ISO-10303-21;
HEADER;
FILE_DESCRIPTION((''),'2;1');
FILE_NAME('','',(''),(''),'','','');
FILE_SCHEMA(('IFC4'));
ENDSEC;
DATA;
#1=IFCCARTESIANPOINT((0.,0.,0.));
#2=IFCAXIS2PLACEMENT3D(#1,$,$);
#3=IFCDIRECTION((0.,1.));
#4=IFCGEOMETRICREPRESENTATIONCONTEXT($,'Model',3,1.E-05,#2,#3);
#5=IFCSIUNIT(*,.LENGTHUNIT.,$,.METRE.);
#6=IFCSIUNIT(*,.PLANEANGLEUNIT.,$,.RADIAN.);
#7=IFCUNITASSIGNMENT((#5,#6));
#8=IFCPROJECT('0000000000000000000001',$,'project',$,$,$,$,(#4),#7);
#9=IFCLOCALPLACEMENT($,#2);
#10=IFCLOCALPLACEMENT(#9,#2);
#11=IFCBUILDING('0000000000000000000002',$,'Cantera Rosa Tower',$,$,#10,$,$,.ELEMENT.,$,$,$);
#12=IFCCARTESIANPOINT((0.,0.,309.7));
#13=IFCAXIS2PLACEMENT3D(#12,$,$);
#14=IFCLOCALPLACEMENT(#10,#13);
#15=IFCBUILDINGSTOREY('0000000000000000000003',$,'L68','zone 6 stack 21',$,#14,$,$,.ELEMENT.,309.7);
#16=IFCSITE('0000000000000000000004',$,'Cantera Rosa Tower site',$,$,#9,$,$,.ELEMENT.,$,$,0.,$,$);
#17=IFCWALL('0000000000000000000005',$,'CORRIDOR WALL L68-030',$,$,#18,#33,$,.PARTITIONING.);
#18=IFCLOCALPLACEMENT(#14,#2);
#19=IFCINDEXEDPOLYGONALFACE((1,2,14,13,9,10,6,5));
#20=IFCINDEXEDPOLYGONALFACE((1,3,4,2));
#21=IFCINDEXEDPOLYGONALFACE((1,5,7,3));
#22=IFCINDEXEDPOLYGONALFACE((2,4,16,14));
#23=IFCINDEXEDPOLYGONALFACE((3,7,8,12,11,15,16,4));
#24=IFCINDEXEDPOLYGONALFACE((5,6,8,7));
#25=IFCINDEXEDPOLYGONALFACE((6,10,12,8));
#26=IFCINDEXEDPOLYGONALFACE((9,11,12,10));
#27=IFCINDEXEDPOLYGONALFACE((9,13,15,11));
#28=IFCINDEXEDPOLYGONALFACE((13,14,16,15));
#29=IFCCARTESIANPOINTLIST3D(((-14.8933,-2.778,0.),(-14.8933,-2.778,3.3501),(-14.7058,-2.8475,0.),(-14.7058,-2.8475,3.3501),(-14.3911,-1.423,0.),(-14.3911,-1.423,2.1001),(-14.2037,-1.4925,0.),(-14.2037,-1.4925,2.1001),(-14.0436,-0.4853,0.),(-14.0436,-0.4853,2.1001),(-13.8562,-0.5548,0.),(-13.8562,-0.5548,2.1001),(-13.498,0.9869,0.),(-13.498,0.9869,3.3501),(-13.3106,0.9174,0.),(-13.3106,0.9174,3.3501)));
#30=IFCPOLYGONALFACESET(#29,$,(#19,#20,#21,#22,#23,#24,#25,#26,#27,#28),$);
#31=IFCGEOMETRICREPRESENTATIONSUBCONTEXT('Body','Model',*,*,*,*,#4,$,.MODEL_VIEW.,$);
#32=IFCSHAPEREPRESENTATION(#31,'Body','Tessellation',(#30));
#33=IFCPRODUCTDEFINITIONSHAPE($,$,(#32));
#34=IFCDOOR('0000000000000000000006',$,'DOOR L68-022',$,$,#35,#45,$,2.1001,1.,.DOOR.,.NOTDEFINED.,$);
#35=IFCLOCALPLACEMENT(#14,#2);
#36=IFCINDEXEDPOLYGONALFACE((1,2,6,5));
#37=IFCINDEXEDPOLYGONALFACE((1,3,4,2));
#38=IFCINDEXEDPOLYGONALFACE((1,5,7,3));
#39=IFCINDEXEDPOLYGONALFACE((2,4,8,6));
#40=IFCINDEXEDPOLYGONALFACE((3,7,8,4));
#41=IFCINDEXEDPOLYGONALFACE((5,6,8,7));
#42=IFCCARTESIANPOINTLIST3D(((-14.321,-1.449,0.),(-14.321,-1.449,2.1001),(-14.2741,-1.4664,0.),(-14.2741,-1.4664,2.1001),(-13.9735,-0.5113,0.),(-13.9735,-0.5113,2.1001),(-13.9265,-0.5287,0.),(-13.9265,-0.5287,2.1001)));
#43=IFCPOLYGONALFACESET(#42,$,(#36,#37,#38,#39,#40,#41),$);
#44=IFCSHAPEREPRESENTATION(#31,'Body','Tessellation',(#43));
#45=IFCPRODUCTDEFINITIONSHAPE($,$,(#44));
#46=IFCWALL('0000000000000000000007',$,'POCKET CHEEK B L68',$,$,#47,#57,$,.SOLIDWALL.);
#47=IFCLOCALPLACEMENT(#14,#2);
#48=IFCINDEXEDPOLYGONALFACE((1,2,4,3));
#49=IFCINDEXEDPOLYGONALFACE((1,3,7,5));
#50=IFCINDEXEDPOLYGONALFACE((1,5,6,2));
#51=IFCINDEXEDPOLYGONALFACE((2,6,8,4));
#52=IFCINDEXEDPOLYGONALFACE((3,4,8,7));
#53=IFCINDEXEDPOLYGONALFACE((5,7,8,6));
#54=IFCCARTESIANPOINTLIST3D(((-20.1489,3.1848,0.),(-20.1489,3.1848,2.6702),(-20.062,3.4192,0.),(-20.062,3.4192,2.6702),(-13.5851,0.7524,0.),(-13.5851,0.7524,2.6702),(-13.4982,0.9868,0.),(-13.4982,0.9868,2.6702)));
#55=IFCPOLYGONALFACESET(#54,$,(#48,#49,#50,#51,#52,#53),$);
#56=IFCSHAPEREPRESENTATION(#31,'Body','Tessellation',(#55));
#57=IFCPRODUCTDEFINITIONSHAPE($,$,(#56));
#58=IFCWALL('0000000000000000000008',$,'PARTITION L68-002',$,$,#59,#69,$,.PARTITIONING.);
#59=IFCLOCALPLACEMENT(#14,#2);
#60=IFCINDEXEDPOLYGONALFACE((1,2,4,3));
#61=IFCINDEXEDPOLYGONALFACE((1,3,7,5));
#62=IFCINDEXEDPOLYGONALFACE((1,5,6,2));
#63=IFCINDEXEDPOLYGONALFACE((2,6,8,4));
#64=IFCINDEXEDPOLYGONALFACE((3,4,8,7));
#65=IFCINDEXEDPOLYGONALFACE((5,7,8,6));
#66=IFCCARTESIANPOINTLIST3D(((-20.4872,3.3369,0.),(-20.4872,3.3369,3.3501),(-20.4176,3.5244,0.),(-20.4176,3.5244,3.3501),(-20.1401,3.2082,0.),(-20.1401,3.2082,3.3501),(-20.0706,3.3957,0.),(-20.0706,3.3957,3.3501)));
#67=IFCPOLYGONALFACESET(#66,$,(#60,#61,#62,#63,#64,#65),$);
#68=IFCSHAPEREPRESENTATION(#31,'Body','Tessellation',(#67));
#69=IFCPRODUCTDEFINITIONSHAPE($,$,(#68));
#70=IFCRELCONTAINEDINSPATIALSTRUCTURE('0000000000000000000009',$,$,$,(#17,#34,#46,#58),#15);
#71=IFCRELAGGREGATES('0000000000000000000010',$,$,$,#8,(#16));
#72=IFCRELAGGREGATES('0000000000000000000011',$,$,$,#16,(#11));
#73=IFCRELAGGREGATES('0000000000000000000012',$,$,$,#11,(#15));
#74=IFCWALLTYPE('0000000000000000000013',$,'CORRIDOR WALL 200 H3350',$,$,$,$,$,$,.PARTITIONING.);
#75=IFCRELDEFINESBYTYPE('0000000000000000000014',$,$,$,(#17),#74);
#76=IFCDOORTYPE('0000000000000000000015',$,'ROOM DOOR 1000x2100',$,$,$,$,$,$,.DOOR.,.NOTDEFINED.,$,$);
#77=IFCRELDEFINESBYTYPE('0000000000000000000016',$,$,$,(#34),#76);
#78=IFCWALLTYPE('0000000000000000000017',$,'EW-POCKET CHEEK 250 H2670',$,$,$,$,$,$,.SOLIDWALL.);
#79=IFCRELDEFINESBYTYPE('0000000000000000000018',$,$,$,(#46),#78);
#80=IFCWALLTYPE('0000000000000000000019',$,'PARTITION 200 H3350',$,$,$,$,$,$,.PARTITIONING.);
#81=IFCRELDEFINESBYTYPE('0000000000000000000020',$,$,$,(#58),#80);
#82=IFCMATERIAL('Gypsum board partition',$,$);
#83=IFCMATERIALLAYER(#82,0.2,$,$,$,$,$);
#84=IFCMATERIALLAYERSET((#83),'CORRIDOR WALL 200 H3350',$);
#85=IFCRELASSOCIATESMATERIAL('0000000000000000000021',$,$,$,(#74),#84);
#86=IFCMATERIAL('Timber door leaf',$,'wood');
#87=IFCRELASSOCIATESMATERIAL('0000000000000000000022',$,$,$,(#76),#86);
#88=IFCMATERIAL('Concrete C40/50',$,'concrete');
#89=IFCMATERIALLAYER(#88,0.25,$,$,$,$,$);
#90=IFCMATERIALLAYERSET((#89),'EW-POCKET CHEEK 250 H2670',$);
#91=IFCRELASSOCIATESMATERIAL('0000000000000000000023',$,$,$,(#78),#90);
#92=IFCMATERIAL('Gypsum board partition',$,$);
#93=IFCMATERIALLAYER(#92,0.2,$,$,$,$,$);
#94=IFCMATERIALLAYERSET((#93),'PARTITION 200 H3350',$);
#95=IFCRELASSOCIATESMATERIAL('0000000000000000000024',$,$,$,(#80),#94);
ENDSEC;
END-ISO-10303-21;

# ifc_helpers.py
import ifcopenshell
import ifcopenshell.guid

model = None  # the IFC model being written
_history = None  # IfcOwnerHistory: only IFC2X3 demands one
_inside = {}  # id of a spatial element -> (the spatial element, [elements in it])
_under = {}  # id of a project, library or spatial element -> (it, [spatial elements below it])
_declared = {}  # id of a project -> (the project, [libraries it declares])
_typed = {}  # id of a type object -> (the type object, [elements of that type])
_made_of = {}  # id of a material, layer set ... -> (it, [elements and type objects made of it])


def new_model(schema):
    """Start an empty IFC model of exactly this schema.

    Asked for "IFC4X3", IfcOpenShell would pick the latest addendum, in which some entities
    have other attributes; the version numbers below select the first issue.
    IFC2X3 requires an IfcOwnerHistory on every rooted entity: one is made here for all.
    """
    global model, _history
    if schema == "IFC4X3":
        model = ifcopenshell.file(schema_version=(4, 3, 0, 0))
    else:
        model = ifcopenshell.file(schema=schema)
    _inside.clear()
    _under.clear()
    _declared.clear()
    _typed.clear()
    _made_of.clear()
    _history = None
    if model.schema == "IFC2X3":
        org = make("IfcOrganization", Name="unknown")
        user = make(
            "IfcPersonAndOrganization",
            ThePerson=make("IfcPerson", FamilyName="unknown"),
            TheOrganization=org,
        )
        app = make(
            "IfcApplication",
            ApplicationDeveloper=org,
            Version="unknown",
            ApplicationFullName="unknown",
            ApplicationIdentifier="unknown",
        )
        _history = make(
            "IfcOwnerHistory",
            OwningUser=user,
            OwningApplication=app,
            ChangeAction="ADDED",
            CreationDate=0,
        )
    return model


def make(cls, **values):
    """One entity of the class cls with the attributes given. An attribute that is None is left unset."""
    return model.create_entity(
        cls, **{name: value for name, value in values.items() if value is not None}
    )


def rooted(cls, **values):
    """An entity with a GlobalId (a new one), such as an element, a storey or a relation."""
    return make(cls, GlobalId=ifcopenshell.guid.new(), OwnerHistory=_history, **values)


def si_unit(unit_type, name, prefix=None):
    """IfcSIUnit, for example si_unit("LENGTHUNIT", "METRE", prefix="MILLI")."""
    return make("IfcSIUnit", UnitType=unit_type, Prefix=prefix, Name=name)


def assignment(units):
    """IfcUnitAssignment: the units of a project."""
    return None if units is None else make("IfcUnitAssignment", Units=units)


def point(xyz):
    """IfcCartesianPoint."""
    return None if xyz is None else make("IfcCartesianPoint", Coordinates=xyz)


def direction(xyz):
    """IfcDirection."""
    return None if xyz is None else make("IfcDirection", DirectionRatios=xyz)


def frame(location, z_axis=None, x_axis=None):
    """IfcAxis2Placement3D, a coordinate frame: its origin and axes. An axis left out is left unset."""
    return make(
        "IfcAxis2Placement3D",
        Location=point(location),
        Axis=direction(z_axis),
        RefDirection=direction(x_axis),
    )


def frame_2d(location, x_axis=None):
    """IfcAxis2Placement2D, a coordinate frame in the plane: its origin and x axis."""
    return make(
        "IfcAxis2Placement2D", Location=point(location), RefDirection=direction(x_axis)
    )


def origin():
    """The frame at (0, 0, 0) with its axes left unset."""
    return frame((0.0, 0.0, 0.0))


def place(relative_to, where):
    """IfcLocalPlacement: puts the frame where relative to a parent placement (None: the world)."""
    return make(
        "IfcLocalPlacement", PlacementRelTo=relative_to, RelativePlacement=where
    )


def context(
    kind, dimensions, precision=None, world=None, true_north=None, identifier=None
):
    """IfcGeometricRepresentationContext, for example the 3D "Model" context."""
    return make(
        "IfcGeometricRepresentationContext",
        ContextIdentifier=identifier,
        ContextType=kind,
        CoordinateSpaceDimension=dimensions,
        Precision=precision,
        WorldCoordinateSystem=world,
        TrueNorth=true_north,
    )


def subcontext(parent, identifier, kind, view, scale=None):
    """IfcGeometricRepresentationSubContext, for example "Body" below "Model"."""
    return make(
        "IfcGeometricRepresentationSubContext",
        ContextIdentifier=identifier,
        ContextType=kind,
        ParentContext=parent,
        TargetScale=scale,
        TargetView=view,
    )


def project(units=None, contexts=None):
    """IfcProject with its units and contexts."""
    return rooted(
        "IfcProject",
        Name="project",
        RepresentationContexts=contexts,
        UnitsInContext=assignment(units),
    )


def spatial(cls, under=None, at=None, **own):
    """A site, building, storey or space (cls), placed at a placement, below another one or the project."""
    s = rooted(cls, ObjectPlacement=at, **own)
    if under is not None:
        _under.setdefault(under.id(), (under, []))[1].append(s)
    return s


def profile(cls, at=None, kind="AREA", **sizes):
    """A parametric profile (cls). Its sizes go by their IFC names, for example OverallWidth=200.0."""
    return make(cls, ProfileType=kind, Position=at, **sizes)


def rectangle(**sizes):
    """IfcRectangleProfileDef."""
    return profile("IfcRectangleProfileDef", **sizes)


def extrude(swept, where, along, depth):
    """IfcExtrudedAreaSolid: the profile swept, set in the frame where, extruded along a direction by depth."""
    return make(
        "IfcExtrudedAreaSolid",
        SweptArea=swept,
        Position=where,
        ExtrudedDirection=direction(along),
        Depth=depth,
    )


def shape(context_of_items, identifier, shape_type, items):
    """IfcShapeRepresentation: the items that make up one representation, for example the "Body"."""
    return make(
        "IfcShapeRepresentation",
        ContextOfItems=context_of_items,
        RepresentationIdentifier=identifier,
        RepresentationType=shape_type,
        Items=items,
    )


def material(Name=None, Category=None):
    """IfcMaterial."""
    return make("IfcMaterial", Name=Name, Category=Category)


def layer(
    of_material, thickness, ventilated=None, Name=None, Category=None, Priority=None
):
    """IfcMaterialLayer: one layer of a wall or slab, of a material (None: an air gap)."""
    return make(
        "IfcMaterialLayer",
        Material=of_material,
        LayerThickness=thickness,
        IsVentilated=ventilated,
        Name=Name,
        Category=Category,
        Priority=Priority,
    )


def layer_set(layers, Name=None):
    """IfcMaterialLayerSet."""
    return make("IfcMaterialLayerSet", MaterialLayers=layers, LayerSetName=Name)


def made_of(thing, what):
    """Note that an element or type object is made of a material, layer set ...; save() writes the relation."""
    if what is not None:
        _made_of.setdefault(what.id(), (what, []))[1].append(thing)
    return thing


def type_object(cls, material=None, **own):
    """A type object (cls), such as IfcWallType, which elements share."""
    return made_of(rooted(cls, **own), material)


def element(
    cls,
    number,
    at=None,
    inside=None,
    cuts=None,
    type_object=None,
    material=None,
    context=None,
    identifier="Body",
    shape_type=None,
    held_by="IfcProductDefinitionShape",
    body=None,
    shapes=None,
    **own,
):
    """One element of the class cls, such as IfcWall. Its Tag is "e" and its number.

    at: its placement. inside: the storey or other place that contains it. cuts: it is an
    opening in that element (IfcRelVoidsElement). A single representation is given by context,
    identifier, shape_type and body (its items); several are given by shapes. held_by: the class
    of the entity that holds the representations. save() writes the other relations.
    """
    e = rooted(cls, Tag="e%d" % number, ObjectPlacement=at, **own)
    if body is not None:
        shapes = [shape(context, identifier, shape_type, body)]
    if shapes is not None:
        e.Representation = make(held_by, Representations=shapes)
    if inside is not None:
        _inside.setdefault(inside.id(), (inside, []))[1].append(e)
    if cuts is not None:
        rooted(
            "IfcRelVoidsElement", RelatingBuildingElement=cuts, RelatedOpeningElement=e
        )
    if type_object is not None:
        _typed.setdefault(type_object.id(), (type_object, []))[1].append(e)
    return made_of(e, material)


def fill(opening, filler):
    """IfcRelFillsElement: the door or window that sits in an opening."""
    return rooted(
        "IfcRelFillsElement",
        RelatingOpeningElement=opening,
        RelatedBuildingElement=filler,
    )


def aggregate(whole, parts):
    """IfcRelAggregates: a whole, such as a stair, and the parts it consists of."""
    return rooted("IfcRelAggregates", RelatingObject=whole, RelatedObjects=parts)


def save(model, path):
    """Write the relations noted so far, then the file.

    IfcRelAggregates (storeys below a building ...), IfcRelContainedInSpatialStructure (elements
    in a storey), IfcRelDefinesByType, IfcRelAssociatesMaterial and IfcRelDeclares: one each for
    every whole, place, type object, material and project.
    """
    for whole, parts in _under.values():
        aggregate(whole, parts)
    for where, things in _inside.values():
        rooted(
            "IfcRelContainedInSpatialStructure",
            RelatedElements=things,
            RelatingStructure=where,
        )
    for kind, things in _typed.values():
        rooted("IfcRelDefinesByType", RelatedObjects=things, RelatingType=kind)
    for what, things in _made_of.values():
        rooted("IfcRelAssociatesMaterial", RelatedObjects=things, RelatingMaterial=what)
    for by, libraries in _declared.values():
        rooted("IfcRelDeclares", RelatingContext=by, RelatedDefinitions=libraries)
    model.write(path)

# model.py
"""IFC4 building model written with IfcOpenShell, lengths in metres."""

from ifc_helpers import new_model, si_unit, direction, frame, frame_2d, origin, place, context, subcontext, project, spatial, rectangle, extrude, material, layer, layer_set, type_object, element, fill, save


model = new_model("IFC4")

# Units and contexts
model_context = context("Model", 3, precision=1e-05, world=origin(), true_north=direction((0.0, 1.0)))
body_context = subcontext(model_context, "Body", "Model", "MODEL_VIEW")
ifc_project = project(units=[si_unit("LENGTHUNIT", "METRE"), si_unit("PLANEANGLEUNIT", "RADIAN")], contexts=[model_context])

# Site, building, storey
site_placement = place(None, origin())
site = spatial("IfcSite", under=ifc_project, at=site_placement, Name="Cantera Rosa Tower site", CompositionType="ELEMENT", RefElevation=0.0)
building_placement = place(site_placement, origin())
building = spatial("IfcBuilding", under=site, at=building_placement, Name="Cantera Rosa Tower", CompositionType="ELEMENT")
storey_placement = place(building_placement, frame((0.0, 0.0, 309.7)))
storey = spatial("IfcBuildingStorey", under=building, at=storey_placement, Name="L68", Description="zone 6 stack 21", CompositionType="ELEMENT", Elevation=309.7)

# Wall, opening, door
ifc_material_1 = material(Name="Gypsum board partition")
ifc_layer_1 = layer(ifc_material_1, 0.2)
ifc_layer_set_1 = layer_set([ifc_layer_1], Name="CORRIDOR WALL 200 H3350")
wall_type_1 = type_object("IfcWallType", Name="CORRIDOR WALL 200 H3350", PredefinedType="PARTITIONING", material=ifc_layer_set_1)
wall_1_placement = place(storey_placement, frame((-13.4043, 0.9521, 0.0), z_axis=(0.0, 0.0, 1.0), x_axis=(-0.347502, -0.937679, 0.0)))
wall_1 = element("IfcWall", 1, at=wall_1_placement, inside=storey, type_object=wall_type_1, Name="CORRIDOR WALL L68-030", PredefinedType="PARTITIONING", context=body_context, shape_type="SweptSolid", body=[
    extrude(rectangle(XDim=4.0151, YDim=0.2, at=frame_2d((2.0076, 0.0))), origin(), (0.0, 0.0, 1.0), 3.3501),
])
opening_1_placement = place(wall_1_placement, frame((1.5701, 0.0, 0.0)))
opening_1 = element("IfcOpeningElement", 2, at=opening_1_placement, cuts=wall_1, PredefinedType="OPENING", context=body_context, shape_type="SweptSolid", body=[
    extrude(rectangle(XDim=1.0, YDim=2.1001, at=frame_2d((0.5, 1.05))), frame((0.0, 0.1099, 0.0), z_axis=(0.0, -1.0, 0.0), x_axis=(1.0, 0.0, 0.0)), (0.0, 0.0, 1.0), 0.22),
])
ifc_material_2 = material(Name="Timber door leaf", Category="wood")
door_type_1 = type_object("IfcDoorType", Name="ROOM DOOR 1000x2100", OperationType="NOTDEFINED", PredefinedType="DOOR", material=ifc_material_2)
door_1_placement = place(opening_1_placement, origin())
door_1 = element("IfcDoor", 3, at=door_1_placement, inside=storey, type_object=door_type_1, Name="DOOR L68-022", OperationType="NOTDEFINED", OverallHeight=2.1001, OverallWidth=1.0, PredefinedType="DOOR", context=body_context, shape_type="SweptSolid", body=[
    extrude(rectangle(XDim=1.0, YDim=2.1001, at=frame_2d((0.5, 1.05))), frame((0.0, 0.0249, 0.0), z_axis=(0.0, -1.0, 0.0), x_axis=(1.0, 0.0, 0.0)), (0.0, 0.0, 1.0), 0.05),
])
fill(opening_1, door_1)

# Walls
ifc_material_3 = material(Name="Concrete C40/50", Category="concrete")
ifc_layer_2 = layer(ifc_material_3, 0.25)
ifc_layer_set_2 = layer_set([ifc_layer_2], Name="EW-POCKET CHEEK 250 H2670")
wall_type_2 = type_object("IfcWallType", Name="EW-POCKET CHEEK 250 H2670", PredefinedType="SOLIDWALL", material=ifc_layer_set_2)
wall_2_placement = place(storey_placement, frame((-20.1055, 3.302, 0.0), z_axis=(0.0, 0.0, 1.0), x_axis=(0.937685, -0.347486, 0.0)))
element("IfcWall", 4, at=wall_2_placement, inside=storey, type_object=wall_type_2, Name="POCKET CHEEK B L68", PredefinedType="SOLIDWALL", context=body_context, shape_type="SweptSolid", body=[
    extrude(rectangle(XDim=7.0, YDim=0.25, at=frame_2d((3.5, 0.0))), origin(), (0.0, 0.0, 1.0), 2.6702),
])
ifc_material_4 = material(Name="Gypsum board partition")
ifc_layer_3 = layer(ifc_material_4, 0.2)
ifc_layer_set_3 = layer_set([ifc_layer_3], Name="PARTITION 200 H3350")
wall_type_3 = type_object("IfcWallType", Name="PARTITION 200 H3350", PredefinedType="PARTITIONING", material=ifc_layer_set_3)
wall_3_placement = place(storey_placement, frame((-20.4524, 3.4307, 0.0), z_axis=(0.0, 0.0, 1.0), x_axis=(0.937597, -0.347723, 0.0)))
element("IfcWall", 5, at=wall_3_placement, inside=storey, type_object=wall_type_3, Name="PARTITION L68-002", PredefinedType="PARTITIONING", context=body_context, shape_type="SweptSolid", body=[
    extrude(rectangle(XDim=0.3701, YDim=0.2, at=frame_2d((0.1851, 0.0))), origin(), (0.0, 0.0, 1.0), 3.3501),
])

save(model, "model.ifc")
